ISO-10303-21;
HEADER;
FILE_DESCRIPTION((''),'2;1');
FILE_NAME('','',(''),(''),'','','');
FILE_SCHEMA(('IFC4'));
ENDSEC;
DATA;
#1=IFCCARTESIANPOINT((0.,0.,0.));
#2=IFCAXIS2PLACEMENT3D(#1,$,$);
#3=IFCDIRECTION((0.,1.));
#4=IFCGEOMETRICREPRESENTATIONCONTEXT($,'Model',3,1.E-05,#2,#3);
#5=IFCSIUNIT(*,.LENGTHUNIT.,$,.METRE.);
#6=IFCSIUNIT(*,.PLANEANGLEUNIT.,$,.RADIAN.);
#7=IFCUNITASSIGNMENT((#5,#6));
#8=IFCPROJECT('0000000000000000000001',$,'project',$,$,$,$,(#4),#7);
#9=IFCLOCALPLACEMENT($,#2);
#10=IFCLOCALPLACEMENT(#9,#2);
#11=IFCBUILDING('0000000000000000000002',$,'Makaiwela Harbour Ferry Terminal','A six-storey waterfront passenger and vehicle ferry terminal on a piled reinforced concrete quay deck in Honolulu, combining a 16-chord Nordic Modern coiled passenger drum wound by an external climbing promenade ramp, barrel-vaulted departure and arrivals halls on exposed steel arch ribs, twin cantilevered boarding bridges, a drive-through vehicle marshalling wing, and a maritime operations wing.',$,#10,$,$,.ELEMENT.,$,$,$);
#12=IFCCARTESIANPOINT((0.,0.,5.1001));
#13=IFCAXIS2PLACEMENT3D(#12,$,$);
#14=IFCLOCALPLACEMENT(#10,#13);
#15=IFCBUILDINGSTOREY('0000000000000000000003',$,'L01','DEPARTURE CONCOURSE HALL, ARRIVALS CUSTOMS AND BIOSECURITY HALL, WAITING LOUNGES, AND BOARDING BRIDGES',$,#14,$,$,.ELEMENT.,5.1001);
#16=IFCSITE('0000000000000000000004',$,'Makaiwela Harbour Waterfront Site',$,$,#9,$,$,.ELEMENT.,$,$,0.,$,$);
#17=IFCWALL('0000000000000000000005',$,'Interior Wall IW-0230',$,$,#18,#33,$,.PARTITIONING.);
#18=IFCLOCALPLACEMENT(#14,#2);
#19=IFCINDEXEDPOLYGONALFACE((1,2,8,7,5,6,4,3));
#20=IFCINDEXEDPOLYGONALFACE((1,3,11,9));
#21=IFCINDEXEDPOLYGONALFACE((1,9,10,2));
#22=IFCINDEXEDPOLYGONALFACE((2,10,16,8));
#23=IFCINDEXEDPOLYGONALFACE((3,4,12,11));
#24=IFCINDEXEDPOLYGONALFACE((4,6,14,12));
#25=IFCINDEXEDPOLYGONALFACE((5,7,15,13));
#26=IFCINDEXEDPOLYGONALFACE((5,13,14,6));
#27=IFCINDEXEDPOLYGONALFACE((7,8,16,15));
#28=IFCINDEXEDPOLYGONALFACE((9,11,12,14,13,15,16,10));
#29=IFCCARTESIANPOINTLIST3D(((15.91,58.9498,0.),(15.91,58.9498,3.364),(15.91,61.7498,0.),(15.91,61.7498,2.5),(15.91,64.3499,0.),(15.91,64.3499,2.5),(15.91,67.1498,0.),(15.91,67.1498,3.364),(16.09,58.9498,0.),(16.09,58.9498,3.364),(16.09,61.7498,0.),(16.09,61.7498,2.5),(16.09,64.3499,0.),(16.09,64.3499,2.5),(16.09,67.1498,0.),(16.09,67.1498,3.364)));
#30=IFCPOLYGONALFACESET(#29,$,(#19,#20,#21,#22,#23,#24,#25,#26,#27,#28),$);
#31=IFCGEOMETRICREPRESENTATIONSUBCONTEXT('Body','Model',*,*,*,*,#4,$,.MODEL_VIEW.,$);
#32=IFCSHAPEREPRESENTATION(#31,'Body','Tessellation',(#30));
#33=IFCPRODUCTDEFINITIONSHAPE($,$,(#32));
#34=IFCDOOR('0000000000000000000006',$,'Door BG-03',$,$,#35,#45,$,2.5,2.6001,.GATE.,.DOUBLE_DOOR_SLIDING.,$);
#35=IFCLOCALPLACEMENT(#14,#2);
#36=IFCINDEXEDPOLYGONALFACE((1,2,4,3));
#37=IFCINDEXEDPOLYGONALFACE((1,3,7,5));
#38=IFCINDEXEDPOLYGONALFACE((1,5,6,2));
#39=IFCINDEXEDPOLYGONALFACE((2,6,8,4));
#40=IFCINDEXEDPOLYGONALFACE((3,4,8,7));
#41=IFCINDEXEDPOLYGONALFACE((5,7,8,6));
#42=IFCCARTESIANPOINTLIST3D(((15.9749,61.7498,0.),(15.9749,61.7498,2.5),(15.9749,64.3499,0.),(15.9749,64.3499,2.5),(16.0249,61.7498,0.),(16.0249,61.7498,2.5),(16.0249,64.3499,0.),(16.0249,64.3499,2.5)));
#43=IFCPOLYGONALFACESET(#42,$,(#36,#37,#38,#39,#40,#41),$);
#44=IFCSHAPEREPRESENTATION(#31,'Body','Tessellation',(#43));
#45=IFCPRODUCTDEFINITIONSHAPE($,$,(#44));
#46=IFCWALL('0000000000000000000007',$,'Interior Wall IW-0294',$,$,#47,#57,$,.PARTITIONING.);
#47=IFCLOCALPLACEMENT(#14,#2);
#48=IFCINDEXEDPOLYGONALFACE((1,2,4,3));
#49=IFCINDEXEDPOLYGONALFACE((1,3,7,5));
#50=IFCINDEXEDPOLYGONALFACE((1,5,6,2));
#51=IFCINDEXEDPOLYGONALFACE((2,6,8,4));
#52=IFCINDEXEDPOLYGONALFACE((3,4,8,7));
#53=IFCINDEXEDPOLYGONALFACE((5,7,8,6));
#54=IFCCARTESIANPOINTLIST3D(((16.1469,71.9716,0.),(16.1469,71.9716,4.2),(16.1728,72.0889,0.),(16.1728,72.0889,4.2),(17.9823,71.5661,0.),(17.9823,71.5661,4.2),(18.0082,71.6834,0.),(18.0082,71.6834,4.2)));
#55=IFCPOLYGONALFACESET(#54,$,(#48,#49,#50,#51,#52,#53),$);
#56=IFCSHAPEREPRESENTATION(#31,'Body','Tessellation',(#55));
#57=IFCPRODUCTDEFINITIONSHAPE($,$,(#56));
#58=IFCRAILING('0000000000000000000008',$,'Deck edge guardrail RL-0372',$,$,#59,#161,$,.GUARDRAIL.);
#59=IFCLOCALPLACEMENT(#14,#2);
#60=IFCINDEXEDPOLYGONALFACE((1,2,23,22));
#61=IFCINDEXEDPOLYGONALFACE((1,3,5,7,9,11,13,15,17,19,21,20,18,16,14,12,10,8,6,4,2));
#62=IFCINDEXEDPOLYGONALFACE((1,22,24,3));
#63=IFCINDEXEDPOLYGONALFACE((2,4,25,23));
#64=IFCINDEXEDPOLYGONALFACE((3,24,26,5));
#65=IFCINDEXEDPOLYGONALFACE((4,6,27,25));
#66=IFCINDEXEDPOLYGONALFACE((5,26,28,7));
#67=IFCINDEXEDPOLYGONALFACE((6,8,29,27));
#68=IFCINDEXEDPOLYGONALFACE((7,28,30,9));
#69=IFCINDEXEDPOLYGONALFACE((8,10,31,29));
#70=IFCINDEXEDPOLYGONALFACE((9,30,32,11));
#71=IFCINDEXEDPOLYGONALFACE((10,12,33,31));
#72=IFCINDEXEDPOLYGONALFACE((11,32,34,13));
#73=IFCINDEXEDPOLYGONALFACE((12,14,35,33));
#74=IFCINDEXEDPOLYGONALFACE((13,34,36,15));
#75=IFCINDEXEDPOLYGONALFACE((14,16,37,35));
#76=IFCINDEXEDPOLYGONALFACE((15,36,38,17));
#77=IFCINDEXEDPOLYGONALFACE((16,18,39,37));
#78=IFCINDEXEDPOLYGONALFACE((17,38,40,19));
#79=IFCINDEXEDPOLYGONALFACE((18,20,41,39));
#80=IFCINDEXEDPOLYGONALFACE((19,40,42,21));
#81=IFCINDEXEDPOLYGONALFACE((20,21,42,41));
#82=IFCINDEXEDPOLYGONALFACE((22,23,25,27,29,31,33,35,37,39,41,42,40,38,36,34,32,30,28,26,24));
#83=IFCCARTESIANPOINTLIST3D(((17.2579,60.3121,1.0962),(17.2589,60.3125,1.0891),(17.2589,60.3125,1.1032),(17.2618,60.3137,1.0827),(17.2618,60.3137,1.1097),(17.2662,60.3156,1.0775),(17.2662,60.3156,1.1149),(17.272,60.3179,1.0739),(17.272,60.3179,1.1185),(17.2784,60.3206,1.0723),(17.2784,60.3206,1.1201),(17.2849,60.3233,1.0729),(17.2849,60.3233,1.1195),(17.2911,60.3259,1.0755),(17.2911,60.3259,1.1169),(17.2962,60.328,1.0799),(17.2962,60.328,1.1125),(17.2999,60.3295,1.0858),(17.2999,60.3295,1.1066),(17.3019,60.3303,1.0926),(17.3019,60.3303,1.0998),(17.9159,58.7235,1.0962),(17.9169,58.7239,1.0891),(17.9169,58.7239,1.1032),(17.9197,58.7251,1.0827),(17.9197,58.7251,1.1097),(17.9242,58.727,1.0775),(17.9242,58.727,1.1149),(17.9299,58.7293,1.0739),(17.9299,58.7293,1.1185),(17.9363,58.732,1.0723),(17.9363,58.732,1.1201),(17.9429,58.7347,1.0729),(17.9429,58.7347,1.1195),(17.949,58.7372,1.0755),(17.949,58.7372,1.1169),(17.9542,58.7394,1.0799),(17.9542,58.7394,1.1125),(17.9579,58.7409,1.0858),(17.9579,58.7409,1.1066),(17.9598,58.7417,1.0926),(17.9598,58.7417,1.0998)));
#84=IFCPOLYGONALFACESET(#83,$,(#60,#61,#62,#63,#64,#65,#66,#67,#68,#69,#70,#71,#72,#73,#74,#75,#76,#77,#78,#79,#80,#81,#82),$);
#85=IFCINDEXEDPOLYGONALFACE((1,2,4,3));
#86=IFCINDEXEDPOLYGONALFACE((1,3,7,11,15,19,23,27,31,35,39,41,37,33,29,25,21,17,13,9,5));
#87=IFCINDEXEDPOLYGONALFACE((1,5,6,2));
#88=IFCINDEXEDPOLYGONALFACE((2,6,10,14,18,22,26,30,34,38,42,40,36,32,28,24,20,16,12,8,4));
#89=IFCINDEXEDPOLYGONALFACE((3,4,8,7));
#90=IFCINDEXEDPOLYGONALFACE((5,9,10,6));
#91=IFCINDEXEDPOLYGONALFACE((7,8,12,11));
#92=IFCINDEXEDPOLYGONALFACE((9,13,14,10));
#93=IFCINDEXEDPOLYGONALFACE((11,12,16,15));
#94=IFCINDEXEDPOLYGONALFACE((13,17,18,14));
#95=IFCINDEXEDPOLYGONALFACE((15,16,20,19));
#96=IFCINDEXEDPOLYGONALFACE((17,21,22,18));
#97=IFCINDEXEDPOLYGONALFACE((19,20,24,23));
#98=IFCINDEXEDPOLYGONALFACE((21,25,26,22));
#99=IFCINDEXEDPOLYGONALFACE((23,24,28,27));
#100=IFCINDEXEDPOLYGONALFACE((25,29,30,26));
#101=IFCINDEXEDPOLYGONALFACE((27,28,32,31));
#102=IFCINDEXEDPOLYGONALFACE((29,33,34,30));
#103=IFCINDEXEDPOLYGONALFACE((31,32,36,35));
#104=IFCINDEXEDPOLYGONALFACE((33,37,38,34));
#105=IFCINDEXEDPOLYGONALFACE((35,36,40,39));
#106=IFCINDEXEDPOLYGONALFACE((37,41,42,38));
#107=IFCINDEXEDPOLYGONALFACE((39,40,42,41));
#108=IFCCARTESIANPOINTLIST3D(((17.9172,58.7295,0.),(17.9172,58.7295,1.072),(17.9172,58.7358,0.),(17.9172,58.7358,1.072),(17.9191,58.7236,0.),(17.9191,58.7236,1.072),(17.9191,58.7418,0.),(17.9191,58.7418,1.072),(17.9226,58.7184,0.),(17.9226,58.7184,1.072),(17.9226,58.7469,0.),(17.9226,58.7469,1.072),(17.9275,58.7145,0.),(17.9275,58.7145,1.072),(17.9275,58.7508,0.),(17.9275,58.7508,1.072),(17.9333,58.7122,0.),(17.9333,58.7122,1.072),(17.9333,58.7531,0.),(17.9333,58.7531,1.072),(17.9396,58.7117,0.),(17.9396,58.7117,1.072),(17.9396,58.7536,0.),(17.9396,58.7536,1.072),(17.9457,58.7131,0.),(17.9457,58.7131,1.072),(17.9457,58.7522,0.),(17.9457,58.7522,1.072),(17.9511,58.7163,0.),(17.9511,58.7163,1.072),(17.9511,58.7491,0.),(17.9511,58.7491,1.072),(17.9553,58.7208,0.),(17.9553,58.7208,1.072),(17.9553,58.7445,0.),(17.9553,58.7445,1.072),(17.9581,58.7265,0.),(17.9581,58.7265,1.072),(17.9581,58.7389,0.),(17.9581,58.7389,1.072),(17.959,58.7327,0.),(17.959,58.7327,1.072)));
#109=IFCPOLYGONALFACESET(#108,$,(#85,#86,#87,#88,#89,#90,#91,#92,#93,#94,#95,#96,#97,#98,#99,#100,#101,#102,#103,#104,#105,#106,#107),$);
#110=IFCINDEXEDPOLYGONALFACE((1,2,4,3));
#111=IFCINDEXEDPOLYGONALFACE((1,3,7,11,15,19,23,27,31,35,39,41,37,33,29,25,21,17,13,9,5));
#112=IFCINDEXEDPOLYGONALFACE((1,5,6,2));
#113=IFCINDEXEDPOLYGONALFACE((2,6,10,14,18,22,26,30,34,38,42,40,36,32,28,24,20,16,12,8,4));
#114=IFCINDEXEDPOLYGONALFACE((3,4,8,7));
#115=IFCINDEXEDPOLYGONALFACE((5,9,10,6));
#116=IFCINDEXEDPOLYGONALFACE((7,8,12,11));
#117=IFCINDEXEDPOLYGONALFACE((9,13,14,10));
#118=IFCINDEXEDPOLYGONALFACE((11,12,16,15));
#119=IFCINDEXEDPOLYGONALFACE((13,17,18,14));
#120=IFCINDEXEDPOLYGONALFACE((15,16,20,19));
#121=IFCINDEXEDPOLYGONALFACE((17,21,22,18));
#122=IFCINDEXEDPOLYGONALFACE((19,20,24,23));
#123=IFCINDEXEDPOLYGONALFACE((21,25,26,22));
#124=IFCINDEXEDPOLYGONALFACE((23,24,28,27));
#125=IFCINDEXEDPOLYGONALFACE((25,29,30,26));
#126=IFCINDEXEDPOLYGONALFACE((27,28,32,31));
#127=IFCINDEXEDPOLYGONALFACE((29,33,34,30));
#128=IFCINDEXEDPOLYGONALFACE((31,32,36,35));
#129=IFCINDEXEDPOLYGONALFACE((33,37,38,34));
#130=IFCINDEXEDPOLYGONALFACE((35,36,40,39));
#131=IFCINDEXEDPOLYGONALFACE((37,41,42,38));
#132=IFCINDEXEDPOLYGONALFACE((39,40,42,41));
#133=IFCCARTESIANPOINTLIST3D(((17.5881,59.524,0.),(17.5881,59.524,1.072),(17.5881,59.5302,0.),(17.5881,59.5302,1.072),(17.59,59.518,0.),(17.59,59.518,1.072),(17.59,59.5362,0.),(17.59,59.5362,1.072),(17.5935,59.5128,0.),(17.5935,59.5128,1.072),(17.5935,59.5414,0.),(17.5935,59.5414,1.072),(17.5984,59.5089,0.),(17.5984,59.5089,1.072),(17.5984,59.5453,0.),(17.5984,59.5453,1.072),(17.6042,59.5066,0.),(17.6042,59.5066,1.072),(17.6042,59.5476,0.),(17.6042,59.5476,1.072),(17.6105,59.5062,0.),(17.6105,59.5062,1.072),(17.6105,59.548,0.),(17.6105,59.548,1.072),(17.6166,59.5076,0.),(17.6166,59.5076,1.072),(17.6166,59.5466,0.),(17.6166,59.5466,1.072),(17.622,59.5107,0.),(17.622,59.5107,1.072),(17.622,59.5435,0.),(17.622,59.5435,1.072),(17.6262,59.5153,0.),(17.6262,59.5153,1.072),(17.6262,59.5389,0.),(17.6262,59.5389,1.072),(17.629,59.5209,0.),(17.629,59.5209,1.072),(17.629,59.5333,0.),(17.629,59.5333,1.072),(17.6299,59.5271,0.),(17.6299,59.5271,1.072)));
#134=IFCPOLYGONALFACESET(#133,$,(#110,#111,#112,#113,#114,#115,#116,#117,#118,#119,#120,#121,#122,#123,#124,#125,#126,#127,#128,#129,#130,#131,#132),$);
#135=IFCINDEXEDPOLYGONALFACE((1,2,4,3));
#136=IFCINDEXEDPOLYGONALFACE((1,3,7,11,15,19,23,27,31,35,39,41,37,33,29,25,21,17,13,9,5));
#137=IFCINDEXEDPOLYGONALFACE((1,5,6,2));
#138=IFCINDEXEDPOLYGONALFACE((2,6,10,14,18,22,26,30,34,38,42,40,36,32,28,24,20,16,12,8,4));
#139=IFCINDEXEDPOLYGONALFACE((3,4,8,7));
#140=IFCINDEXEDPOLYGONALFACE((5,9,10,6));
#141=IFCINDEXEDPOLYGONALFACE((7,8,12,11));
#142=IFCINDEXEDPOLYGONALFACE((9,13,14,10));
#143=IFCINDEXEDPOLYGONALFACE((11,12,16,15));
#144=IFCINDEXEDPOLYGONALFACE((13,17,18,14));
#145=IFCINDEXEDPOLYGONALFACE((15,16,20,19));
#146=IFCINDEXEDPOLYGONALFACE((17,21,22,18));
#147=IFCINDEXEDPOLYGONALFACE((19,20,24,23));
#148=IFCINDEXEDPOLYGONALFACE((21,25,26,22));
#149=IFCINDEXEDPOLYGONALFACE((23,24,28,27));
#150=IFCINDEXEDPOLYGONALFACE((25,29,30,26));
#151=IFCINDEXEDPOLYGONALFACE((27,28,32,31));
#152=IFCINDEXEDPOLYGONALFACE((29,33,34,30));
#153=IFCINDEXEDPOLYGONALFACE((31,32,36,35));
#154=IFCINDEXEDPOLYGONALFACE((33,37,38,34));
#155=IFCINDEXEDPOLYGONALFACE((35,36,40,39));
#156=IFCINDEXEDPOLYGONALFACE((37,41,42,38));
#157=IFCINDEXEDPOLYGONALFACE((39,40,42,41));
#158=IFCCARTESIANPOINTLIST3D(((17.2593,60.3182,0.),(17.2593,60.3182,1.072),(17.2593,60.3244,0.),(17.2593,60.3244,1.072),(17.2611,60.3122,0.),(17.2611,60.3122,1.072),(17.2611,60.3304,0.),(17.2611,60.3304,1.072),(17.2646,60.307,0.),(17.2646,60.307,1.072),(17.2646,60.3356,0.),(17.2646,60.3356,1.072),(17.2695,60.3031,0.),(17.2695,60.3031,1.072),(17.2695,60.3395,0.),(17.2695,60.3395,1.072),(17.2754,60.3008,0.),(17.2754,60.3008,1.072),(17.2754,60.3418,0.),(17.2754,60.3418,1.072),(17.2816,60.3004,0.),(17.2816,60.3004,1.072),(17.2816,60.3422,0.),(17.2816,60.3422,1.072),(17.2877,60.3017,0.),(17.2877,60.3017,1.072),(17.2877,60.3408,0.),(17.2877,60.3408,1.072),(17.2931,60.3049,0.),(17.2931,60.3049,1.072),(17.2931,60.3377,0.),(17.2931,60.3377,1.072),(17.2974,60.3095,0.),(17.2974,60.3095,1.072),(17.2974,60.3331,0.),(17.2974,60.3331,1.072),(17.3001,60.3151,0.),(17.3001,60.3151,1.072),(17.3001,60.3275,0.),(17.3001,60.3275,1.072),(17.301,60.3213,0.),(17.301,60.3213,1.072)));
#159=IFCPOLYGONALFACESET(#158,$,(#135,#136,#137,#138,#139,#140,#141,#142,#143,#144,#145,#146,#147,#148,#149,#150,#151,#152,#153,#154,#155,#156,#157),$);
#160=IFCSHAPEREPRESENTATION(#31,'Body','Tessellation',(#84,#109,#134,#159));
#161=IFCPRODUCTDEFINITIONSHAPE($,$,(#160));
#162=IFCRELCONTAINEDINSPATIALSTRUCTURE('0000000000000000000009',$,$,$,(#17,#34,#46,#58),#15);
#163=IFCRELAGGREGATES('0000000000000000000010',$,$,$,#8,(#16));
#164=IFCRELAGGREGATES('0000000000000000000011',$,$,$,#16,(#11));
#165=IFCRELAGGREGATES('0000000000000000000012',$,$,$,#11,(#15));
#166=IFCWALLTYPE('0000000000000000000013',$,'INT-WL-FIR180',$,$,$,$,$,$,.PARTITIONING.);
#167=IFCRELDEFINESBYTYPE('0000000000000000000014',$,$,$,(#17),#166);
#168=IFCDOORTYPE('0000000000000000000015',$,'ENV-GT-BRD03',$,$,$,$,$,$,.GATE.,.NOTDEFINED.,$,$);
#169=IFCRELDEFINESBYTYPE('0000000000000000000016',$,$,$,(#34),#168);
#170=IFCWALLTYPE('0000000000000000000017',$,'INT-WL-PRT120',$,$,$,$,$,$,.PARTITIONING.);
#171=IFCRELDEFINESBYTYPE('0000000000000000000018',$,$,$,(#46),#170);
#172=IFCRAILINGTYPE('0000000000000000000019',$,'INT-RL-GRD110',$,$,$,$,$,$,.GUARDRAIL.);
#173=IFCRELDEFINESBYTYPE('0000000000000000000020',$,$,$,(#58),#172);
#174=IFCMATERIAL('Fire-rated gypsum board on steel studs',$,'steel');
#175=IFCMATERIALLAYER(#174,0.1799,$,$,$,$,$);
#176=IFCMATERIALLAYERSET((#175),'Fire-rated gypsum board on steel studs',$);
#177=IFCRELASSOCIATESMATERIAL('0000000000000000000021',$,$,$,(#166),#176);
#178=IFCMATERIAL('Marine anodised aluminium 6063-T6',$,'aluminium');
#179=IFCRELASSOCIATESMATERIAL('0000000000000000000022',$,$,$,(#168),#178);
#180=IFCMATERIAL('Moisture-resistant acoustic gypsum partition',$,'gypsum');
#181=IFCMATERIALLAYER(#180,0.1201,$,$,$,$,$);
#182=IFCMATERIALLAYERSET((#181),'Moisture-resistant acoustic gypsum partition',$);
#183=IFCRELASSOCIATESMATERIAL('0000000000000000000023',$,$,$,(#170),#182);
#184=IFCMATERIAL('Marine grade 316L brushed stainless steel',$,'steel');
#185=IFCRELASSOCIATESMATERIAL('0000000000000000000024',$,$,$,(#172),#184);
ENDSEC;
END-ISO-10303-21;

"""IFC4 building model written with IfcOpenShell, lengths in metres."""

from ifc_helpers import new_model, si_unit, direction, frame, frame_2d, origin, origin_2d, place, context, subcontext, project, spatial, rectangle, circle, extrude, material, layer, layer_set, type_object, element, fill, save


model = new_model("IFC4")

# Units and contexts
model_context = context("Model", 3, precision=1e-05, world=origin(), true_north=direction((0.0, 1.0)))
body_context = subcontext(model_context, "Body", "Model", "MODEL_VIEW")
ifc_project = project(units=[si_unit("LENGTHUNIT", "METRE"), si_unit("PLANEANGLEUNIT", "RADIAN")], contexts=[model_context])

# Site, building, storey
site_placement = place(None, origin())
site = spatial("IfcSite", under=ifc_project, at=site_placement, Name="Makaiwela Harbour Waterfront Site", CompositionType="ELEMENT", RefElevation=0.0)
building_placement = place(site_placement, origin())
building = spatial("IfcBuilding", under=site, at=building_placement, Name="Makaiwela Harbour Ferry Terminal", Description="A six-storey waterfront passenger and vehicle ferry terminal on a piled reinforced concrete quay deck in Honolulu, combining a 16-chord Nordic Modern coiled passenger drum wound by an external climbing promenade ramp, barrel-vaulted departure and arrivals halls on exposed steel arch ribs, twin cantilevered boarding bridges, a drive-through vehicle marshalling wing, and a maritime operations wing.", CompositionType="ELEMENT")
storey_placement = place(building_placement, frame((0.0, 0.0, 5.1001)))
storey = spatial("IfcBuildingStorey", under=building, at=storey_placement, Name="L01", Description="DEPARTURE CONCOURSE HALL, ARRIVALS CUSTOMS AND BIOSECURITY HALL, WAITING LOUNGES, AND BOARDING BRIDGES", CompositionType="ELEMENT", Elevation=5.1001)

# Shared definitions
ifc_material_1 = material(Name="Marine anodised aluminium 6063-T6", Category="aluminium")

# Wall, opening, door
ifc_material_2 = material(Name="Fire-rated gypsum board on steel studs", Category="steel")
ifc_layer_1 = layer(ifc_material_2, 0.1799)
ifc_layer_set_1 = layer_set([ifc_layer_1], Name="Fire-rated gypsum board on steel studs")
wall_type_1 = type_object("IfcWallType", Name="INT-WL-FIR180", PredefinedType="PARTITIONING", material=ifc_layer_set_1)
wall_1_placement = place(storey_placement, frame((16.0, 67.1499, 0.0), z_axis=(0.0, 0.0, 1.0), x_axis=(0.0, -1.0, 0.0)))
wall_1 = element("IfcWall", 1, at=wall_1_placement, inside=storey, type_object=wall_type_1, Name="Interior Wall IW-0230", PredefinedType="PARTITIONING", context=body_context, shape_type="SweptSolid", body=[
    extrude(rectangle(XDim=8.2, YDim=0.1799, at=frame_2d((4.1001, 0.0))), origin(), (0.0, 0.0, 1.0), 3.364),
])
opening_placement = place(wall_1_placement, frame((2.8, 0.0, 0.0)))
opening = element("IfcOpeningElement", 2, at=opening_placement, cuts=wall_1, PredefinedType="OPENING", context=body_context, shape_type="SweptSolid", body=[
    extrude(rectangle(XDim=2.6001, YDim=2.5, at=frame_2d((1.3, 1.25))), frame((0.0, 0.0999, 0.0), z_axis=(0.0, -1.0, 0.0), x_axis=(1.0, 0.0, 0.0)), (0.0, 0.0, 1.0), 0.2),
])
door_type = type_object("IfcDoorType", Name="ENV-GT-BRD03", OperationType="NOTDEFINED", PredefinedType="GATE", material=ifc_material_1)
door_placement = place(opening_placement, origin())
door = element("IfcDoor", 3, at=door_placement, inside=storey, type_object=door_type, Name="Door BG-03", OperationType="DOUBLE_DOOR_SLIDING", OverallHeight=2.5, OverallWidth=2.6001, PredefinedType="GATE", context=body_context, shape_type="SweptSolid", body=[
    extrude(rectangle(XDim=2.6001, YDim=2.5, at=frame_2d((1.3, 1.25))), frame((0.0, 0.0249, 0.0), z_axis=(0.0, -1.0, 0.0), x_axis=(1.0, 0.0, 0.0)), (0.0, 0.0, 1.0), 0.05),
])
fill(opening, door)

# Wall
ifc_material_3 = material(Name="Moisture-resistant acoustic gypsum partition", Category="gypsum")
ifc_layer_2 = layer(ifc_material_3, 0.1201)
ifc_layer_set_2 = layer_set([ifc_layer_2], Name="Moisture-resistant acoustic gypsum partition")
wall_type_2 = type_object("IfcWallType", Name="INT-WL-PRT120", PredefinedType="PARTITIONING", material=ifc_layer_set_2)
wall_2_placement = place(storey_placement, frame((17.9954, 71.6248, 0.0), z_axis=(0.0, 0.0, 1.0), x_axis=(-0.976452, 0.215734, 0.0)))
element("IfcWall", 4, at=wall_2_placement, inside=storey, type_object=wall_type_2, Name="Interior Wall IW-0294", PredefinedType="PARTITIONING", context=body_context, shape_type="SweptSolid", body=[
    extrude(rectangle(XDim=1.8796, YDim=0.1201, at=frame_2d((0.9399, 0.0))), origin(), (0.0, 0.0, 1.0), 4.2),
])

# Railing
ifc_material_4 = material(Name="Marine grade 316L brushed stainless steel", Category="steel")
railing_type = type_object("IfcRailingType", Name="INT-RL-GRD110", PredefinedType="GUARDRAIL", material=ifc_material_4)
railing_1_placement = place(storey_placement, frame((17.938, 58.7327, 0.0)))
element("IfcRailing", 5, at=railing_1_placement, inside=storey, type_object=railing_type, Name="Deck edge guardrail RL-0372", PredefinedType="GUARDRAIL", context=body_context, shape_type="SweptSolid", body=[
    extrude(circle(Radius=0.0239, at=origin_2d()), frame((0.0, 0.0, 1.0962), z_axis=(-0.382649, 0.923894, 0.0), x_axis=(-0.923894, -0.382649, 0.0)), (0.0, 0.0, 1.0), 1.7195),
    extrude(circle(Radius=0.021, at=origin_2d()), origin(), (0.0, 0.0, 1.0), 1.072),
    extrude(circle(Radius=0.021, at=origin_2d()), frame((-0.3291, 0.7944, 0.0)), (0.0, 0.0, 1.0), 1.072),
    extrude(circle(Radius=0.021, at=origin_2d()), frame((-0.658, 1.5886, 0.0)), (0.0, 0.0, 1.0), 1.072),
])

save(model, "model.ifc")
